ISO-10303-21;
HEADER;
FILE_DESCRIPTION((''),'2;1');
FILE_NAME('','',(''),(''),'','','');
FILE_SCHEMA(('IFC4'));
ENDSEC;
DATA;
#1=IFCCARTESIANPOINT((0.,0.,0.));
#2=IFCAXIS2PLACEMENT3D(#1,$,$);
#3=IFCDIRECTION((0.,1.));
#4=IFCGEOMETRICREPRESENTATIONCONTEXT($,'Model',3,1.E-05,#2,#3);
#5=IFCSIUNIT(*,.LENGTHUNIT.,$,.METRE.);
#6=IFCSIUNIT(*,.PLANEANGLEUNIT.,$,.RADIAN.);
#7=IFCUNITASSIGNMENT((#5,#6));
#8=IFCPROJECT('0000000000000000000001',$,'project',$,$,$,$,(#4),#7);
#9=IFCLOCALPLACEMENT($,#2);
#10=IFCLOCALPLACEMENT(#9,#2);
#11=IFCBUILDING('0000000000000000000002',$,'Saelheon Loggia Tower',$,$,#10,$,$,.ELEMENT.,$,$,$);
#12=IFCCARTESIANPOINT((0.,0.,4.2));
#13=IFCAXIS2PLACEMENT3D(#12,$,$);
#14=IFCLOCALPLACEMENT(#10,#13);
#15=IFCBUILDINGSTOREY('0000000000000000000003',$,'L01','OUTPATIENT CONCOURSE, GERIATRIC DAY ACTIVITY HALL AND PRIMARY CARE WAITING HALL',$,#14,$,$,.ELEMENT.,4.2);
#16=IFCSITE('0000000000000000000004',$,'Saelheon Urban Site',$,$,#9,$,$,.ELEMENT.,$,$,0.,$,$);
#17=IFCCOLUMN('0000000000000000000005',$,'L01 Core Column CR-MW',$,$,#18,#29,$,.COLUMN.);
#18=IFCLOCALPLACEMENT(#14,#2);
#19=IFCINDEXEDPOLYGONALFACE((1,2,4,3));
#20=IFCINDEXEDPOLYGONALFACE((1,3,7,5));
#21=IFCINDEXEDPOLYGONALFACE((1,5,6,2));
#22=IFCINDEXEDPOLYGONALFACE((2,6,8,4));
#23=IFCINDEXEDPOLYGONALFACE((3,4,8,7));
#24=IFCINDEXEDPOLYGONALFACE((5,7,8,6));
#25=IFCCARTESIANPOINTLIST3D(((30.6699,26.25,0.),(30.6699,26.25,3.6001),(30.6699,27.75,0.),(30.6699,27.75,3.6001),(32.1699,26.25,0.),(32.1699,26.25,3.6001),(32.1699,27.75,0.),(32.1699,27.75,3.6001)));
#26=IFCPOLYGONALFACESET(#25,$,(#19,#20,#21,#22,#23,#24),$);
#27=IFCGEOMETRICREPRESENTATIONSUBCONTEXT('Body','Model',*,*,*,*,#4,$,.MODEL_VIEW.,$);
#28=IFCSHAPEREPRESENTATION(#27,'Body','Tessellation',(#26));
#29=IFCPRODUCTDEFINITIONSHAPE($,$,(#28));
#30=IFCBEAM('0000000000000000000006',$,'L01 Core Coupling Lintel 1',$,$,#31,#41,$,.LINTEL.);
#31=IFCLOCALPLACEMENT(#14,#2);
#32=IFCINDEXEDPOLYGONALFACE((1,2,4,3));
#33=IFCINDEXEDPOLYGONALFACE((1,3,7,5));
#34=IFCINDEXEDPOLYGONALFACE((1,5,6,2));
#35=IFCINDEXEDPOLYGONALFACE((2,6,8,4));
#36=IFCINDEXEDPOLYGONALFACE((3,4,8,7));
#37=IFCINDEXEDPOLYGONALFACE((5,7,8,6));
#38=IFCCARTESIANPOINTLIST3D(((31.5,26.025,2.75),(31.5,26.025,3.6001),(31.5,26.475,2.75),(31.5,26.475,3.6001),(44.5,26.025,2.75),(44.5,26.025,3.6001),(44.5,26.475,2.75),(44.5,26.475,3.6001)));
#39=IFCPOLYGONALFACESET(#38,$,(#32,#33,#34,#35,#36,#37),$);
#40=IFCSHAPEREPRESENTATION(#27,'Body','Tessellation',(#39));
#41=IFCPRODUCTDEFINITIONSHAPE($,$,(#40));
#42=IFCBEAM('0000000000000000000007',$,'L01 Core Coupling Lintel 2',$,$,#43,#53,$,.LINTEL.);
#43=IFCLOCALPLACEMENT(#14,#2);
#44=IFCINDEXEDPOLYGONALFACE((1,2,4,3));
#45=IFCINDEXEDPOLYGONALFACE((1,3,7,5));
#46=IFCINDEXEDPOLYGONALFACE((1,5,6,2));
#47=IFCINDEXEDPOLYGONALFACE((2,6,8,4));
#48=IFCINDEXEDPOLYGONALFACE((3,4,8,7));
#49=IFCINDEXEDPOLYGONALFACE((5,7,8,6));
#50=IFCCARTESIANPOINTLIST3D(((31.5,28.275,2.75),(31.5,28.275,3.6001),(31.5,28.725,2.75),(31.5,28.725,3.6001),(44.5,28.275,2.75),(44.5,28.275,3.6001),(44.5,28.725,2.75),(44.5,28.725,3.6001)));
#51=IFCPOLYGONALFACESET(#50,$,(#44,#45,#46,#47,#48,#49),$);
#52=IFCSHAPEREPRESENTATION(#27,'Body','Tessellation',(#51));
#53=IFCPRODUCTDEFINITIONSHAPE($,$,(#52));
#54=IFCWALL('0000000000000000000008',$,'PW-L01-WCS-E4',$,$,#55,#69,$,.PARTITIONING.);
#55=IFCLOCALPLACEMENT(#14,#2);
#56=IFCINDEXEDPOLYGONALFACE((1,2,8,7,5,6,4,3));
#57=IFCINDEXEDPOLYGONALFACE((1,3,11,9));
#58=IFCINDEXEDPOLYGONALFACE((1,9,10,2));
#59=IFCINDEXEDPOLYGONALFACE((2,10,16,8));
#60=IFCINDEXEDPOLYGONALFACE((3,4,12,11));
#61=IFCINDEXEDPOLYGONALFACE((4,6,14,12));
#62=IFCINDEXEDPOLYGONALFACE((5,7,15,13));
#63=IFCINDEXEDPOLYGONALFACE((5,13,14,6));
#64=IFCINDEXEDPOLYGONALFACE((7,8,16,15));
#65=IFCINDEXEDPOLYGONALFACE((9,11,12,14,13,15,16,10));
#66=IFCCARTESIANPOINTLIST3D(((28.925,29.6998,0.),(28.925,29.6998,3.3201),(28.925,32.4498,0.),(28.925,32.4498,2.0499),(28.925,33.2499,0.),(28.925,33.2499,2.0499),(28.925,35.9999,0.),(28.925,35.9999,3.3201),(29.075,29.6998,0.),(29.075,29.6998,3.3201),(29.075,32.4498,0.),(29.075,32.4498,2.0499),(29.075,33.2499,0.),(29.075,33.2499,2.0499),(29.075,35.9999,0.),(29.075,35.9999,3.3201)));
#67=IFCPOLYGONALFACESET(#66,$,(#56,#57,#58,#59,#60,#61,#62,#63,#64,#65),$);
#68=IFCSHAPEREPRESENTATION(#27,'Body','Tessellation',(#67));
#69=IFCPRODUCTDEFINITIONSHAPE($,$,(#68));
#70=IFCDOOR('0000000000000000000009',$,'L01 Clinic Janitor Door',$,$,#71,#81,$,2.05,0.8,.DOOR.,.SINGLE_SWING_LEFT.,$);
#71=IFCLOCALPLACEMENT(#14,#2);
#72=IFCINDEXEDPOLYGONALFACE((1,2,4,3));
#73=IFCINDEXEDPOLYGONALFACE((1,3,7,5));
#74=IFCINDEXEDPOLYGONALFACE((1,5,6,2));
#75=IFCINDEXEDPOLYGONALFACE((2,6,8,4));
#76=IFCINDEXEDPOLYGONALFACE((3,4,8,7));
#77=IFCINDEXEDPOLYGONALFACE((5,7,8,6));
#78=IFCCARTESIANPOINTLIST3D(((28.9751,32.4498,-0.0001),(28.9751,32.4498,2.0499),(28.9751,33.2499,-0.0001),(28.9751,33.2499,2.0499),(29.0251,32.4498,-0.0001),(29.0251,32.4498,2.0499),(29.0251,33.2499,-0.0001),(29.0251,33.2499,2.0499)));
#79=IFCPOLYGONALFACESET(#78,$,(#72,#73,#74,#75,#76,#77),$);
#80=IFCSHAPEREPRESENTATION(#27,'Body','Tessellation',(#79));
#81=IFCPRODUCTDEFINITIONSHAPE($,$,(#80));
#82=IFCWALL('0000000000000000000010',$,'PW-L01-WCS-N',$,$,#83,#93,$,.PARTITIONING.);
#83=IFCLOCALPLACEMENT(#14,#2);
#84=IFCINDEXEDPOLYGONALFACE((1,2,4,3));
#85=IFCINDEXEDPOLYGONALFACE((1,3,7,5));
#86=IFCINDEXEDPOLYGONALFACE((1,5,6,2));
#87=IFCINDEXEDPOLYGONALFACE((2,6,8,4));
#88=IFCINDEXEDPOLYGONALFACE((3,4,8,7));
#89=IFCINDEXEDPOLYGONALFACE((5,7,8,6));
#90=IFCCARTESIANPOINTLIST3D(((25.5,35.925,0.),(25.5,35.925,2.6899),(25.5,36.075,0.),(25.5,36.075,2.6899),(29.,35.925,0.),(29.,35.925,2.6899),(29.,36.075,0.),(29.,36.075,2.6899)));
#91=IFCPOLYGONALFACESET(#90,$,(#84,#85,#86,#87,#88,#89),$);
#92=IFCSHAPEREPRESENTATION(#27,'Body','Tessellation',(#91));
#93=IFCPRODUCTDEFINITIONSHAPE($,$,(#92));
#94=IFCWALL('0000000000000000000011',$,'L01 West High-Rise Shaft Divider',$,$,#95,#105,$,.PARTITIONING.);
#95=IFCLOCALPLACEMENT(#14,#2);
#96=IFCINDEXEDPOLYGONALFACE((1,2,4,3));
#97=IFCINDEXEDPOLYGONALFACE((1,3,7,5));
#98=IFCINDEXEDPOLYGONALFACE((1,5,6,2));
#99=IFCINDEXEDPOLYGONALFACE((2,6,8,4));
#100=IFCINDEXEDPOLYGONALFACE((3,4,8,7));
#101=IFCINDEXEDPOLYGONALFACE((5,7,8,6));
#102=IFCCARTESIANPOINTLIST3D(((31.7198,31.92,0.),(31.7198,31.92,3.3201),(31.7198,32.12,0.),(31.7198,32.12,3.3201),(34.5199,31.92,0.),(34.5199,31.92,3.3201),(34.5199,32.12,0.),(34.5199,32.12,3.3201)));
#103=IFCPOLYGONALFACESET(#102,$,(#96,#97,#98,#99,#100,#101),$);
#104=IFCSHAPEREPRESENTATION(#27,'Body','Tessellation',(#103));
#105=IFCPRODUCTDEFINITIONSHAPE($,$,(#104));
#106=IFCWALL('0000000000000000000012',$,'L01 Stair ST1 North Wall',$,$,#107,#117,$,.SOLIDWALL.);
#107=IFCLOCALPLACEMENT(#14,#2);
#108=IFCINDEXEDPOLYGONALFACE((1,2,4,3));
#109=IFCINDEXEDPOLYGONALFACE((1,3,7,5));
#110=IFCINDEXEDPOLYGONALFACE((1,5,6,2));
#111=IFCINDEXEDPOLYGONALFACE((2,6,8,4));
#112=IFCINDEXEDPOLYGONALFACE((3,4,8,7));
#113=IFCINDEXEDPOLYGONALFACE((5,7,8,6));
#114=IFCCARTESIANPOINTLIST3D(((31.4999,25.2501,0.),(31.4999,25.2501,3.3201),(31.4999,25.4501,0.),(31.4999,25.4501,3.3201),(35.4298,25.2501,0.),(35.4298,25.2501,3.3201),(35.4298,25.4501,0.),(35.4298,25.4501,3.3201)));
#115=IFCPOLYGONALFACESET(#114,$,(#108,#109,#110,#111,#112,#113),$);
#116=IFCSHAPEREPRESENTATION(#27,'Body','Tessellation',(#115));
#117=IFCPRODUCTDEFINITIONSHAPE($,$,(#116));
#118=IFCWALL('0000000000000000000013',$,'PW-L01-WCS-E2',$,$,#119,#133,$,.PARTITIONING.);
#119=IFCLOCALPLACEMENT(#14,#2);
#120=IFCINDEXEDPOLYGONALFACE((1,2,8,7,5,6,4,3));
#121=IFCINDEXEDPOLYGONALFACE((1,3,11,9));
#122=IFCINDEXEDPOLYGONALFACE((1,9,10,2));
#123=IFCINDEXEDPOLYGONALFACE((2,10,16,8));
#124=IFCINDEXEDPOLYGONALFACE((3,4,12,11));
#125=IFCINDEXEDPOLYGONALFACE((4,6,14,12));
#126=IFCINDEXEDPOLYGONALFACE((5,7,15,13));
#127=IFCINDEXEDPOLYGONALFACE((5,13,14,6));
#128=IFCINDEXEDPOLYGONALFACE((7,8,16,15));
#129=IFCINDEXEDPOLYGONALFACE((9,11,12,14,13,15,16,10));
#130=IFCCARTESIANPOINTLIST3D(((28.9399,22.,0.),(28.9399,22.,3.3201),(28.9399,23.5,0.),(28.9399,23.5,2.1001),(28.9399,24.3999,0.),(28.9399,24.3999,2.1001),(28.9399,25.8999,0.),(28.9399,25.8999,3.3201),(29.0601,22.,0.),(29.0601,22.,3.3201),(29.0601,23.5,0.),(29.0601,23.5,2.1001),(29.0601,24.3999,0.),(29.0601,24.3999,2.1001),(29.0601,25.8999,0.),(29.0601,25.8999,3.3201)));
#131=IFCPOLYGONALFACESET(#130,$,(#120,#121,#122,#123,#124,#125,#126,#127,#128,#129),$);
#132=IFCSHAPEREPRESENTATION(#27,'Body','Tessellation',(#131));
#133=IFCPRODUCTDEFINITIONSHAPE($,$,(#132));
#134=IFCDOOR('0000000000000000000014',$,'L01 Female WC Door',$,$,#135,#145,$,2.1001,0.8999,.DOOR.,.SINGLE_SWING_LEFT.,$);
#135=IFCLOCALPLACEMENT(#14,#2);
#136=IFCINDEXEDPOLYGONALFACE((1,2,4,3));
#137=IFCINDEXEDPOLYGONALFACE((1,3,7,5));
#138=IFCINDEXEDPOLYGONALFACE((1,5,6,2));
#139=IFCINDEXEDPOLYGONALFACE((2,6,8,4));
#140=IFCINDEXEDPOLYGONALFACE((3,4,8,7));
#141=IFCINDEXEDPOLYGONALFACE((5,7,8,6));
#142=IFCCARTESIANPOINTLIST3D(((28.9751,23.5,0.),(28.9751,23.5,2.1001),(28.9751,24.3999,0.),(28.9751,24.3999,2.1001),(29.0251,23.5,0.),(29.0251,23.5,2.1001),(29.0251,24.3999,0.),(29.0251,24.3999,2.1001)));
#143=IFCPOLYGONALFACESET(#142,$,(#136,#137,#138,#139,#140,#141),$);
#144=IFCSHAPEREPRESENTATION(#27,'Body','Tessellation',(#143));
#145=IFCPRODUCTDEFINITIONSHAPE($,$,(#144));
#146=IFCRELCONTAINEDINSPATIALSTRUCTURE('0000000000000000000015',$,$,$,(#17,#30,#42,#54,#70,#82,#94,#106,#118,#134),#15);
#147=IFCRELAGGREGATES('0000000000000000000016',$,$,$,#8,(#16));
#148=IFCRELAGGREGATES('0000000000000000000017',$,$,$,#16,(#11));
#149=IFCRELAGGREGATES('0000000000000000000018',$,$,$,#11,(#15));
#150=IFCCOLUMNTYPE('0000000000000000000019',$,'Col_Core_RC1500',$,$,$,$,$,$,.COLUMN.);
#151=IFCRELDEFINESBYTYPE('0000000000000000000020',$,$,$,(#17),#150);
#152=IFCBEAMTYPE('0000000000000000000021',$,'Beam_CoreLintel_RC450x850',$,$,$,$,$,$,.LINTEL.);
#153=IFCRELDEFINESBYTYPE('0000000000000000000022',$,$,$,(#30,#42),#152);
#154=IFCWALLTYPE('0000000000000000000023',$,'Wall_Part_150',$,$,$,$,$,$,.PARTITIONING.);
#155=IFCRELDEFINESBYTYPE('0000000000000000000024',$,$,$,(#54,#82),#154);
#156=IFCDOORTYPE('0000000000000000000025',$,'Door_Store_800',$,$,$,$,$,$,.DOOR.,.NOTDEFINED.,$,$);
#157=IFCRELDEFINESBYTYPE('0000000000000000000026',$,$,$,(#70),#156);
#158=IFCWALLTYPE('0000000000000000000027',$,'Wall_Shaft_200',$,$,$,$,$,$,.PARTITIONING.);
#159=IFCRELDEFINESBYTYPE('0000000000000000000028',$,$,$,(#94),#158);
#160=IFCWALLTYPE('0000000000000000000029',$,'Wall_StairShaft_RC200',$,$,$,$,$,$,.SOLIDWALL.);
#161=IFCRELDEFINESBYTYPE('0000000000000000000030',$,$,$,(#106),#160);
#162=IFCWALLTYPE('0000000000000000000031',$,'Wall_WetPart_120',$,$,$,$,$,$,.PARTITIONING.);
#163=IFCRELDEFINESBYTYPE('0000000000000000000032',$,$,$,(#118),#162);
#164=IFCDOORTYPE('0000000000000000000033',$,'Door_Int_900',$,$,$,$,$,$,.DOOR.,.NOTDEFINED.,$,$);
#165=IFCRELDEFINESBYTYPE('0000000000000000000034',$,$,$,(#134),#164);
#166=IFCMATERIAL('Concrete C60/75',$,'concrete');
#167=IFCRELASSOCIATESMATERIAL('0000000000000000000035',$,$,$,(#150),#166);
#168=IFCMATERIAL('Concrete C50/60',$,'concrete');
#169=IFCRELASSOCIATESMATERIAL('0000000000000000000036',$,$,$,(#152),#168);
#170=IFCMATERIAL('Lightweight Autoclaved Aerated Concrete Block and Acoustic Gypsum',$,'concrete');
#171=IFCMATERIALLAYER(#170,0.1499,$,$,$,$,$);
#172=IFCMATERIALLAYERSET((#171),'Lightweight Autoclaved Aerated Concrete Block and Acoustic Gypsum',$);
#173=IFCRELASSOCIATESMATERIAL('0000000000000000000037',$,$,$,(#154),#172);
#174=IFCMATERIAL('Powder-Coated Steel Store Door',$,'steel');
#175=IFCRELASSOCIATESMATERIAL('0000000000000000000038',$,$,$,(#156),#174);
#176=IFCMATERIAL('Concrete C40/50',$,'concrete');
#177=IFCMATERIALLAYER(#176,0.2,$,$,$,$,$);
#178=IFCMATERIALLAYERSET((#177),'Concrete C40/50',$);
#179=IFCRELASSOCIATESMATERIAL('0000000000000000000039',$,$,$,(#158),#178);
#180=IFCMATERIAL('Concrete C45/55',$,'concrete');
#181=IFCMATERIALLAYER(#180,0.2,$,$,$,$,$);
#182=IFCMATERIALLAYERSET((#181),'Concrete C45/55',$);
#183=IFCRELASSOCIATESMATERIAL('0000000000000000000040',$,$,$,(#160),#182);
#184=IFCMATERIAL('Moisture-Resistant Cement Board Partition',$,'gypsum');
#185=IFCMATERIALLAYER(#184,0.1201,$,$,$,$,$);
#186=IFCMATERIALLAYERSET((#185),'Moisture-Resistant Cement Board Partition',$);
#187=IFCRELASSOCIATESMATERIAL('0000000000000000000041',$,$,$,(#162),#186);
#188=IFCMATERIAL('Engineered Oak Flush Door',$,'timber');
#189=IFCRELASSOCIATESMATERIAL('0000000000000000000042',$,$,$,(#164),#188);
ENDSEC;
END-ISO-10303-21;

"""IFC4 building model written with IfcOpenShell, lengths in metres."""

from ifc_helpers import new_model, si_unit, direction, frame, frame_2d, origin, origin_2d, place, context, subcontext, project, spatial, rectangle, extrude, source, transform, mapped, material, layer, layer_set, material_profile, profile_set, type_object, element, fill, save


model = new_model("IFC4")

# Units and contexts
model_context = context("Model", 3, precision=1e-05, world=origin(), true_north=direction((0.0, 1.0)))
body_context = subcontext(model_context, "Body", "Model", "MODEL_VIEW")
ifc_project = project(units=[si_unit("LENGTHUNIT", "METRE"), si_unit("PLANEANGLEUNIT", "RADIAN")], contexts=[model_context])

# Site, building, storey
site_placement = place(None, origin())
site = spatial("IfcSite", under=ifc_project, at=site_placement, Name="Saelheon Urban Site", CompositionType="ELEMENT", RefElevation=0.0)
building_placement = place(site_placement, origin())
building = spatial("IfcBuilding", under=site, at=building_placement, Name="Saelheon Loggia Tower", CompositionType="ELEMENT")
storey_placement = place(building_placement, frame((0.0, 0.0, 4.2)))
storey = spatial("IfcBuildingStorey", under=building, at=storey_placement, Name="L01", Description="OUTPATIENT CONCOURSE, GERIATRIC DAY ACTIVITY HALL AND PRIMARY CARE WAITING HALL", CompositionType="ELEMENT", Elevation=4.2)

# Column
ifc_material_1 = material(Name="Concrete C60/75", Category="concrete")
ifc_material_profile_1 = material_profile(ifc_material_1, rectangle(XDim=1.5, YDim=1.5, at=origin_2d()), Name="RC-1500x1500")
ifc_profile_set_1 = profile_set([ifc_material_profile_1], Name="Concrete C60/75")
column_type = type_object("IfcColumnType", Name="Col_Core_RC1500", PredefinedType="COLUMN", material=ifc_profile_set_1)
shared_shape_1 = source(origin(), body_context, "Body", "SweptSolid", [
    extrude(rectangle(XDim=1.5, YDim=1.5, at=origin_2d()), origin(), (0.0, 0.0, 1.0), 3.6001),
])
column_placement = place(storey_placement, frame((31.4199, 27.0, 0.0), z_axis=(0.0, 0.0, 1.0), x_axis=(1.0, 0.0, 0.0)))
element("IfcColumn", 1, at=column_placement, inside=storey, type_object=column_type, Name="L01 Core Column CR-MW", PredefinedType="COLUMN", context=body_context, shape_type="MappedRepresentation", body=[
    mapped(shared_shape_1, transform((0.0, 0.0, 0.0), scale=1.0)),
])

# Beams
ifc_material_2 = material(Name="Concrete C50/60", Category="concrete")
ifc_material_profile_2 = material_profile(ifc_material_2, rectangle(XDim=0.45, YDim=0.8501, at=origin_2d()), Name="RC-450x850")
ifc_profile_set_2 = profile_set([ifc_material_profile_2], Name="Concrete C50/60")
beam_type = type_object("IfcBeamType", Name="Beam_CoreLintel_RC450x850", PredefinedType="LINTEL", material=ifc_profile_set_2)
shared_shape_2 = source(origin(), body_context, "Body", "SweptSolid", [
    extrude(rectangle(XDim=0.45, YDim=0.8501, at=origin_2d()), origin(), (0.0, 0.0, 1.0), 13.0),
])
for number, where, z_axis, x_axis, name in (
    (2, (31.5, 26.25, 3.175), (1.0, 0.0, 0.0), (0.0, 1.0, 0.0), "L01 Core Coupling Lintel 1"),
    (3, (31.5, 28.5, 3.175), (1.0, 0.0, 0.0), (0.0, 1.0, 0.0), "L01 Core Coupling Lintel 2"),
):
    element("IfcBeam", number, at=place(storey_placement, frame(where, z_axis=z_axis, x_axis=x_axis)), inside=storey, type_object=beam_type, Name=name, PredefinedType="LINTEL", context=body_context, shape_type="MappedRepresentation", body=[
        mapped(shared_shape_2, transform((0.0, 0.0, 0.0), scale=1.0)),
    ])

# Wall, opening, door
ifc_material_3 = material(Name="Lightweight Autoclaved Aerated Concrete Block and Acoustic Gypsum", Category="concrete")
ifc_layer_1 = layer(ifc_material_3, 0.1499)
ifc_layer_set_1 = layer_set([ifc_layer_1], Name="Lightweight Autoclaved Aerated Concrete Block and Acoustic Gypsum")
wall_type_1 = type_object("IfcWallType", Name="Wall_Part_150", PredefinedType="PARTITIONING", material=ifc_layer_set_1)
wall_1_placement = place(storey_placement, frame((29.0, 29.7, 0.0), z_axis=(0.0, 0.0, 1.0), x_axis=(0.0, 1.0, 0.0)))
wall_1 = element("IfcWall", 4, at=wall_1_placement, inside=storey, type_object=wall_type_1, Name="PW-L01-WCS-E4", PredefinedType="PARTITIONING", context=body_context, shape_type="SweptSolid", body=[
    extrude(rectangle(XDim=6.3, YDim=0.1499, at=frame_2d((3.1499, 0.0))), origin(), (0.0, 0.0, 1.0), 3.3201),
])
opening_1_placement = place(wall_1_placement, frame((2.75, 0.0, 0.0)))
opening_1 = element("IfcOpeningElement", 5, at=opening_1_placement, cuts=wall_1, PredefinedType="OPENING", context=body_context, shape_type="SweptSolid", body=[
    extrude(rectangle(XDim=0.8, YDim=2.05, at=frame_2d((0.3999, 1.0249))), frame((0.0, 0.0869, 0.0), z_axis=(0.0, -1.0, 0.0), x_axis=(1.0, 0.0, 0.0)), (0.0, 0.0, 1.0), 0.1738),
])
ifc_material_4 = material(Name="Powder-Coated Steel Store Door", Category="steel")
door_type_1 = type_object("IfcDoorType", Name="Door_Store_800", OperationType="NOTDEFINED", PredefinedType="DOOR", material=ifc_material_4)
shared_shape_3 = source(origin(), body_context, "Body", "SweptSolid", [
    extrude(rectangle(XDim=0.8, YDim=2.05, at=frame_2d((0.3999, 1.0249))), frame((0.0, 0.0249, 0.0), z_axis=(0.0, -1.0, 0.0), x_axis=(1.0, 0.0, 0.0)), (0.0, 0.0, 1.0), 0.05),
])
door_1_placement = place(opening_1_placement, origin())
door_1 = element("IfcDoor", 6, at=door_1_placement, inside=storey, type_object=door_type_1, Name="L01 Clinic Janitor Door", OperationType="SINGLE_SWING_LEFT", OverallHeight=2.05, OverallWidth=0.8, PredefinedType="DOOR", context=body_context, shape_type="MappedRepresentation", body=[
    mapped(shared_shape_3, transform((0.0, 0.0, 0.0), scale=1.0)),
])
fill(opening_1, door_1)

# Wall
wall_2_placement = place(storey_placement, frame((25.5, 36.0, 0.0), z_axis=(0.0, 0.0, 1.0), x_axis=(1.0, 0.0, 0.0)))
element("IfcWall", 7, at=wall_2_placement, inside=storey, type_object=wall_type_1, Name="PW-L01-WCS-N", PredefinedType="PARTITIONING", context=body_context, shape_type="SweptSolid", body=[
    extrude(rectangle(XDim=3.5, YDim=0.1499, at=frame_2d((1.75, 0.0))), origin(), (0.0, 0.0, 1.0), 2.6899),
])

# Shared definitions
ifc_material_5 = material(Name="Concrete C40/50", Category="concrete")
ifc_layer_2 = layer(ifc_material_5, 0.2)
ifc_layer_set_2 = layer_set([ifc_layer_2], Name="Concrete C40/50")
wall_type_2 = type_object("IfcWallType", Name="Wall_Shaft_200", PredefinedType="PARTITIONING", material=ifc_layer_set_2)

# Walls
wall_3_placement = place(storey_placement, frame((31.72, 32.02, 0.0), z_axis=(0.0, 0.0, 1.0), x_axis=(1.0, 0.0, 0.0)))
element("IfcWall", 8, at=wall_3_placement, inside=storey, type_object=wall_type_2, Name="L01 West High-Rise Shaft Divider", PredefinedType="PARTITIONING", context=body_context, shape_type="SweptSolid", body=[
    extrude(rectangle(XDim=2.8, YDim=0.2, at=frame_2d((1.3999, 0.0))), origin(), (0.0, 0.0, 1.0), 3.3201),
])
ifc_material_6 = material(Name="Concrete C45/55", Category="concrete")
ifc_layer_3 = layer(ifc_material_6, 0.2)
ifc_layer_set_3 = layer_set([ifc_layer_3], Name="Concrete C45/55")
wall_type_3 = type_object("IfcWallType", Name="Wall_StairShaft_RC200", PredefinedType="SOLIDWALL", material=ifc_layer_set_3)
wall_4_placement = place(storey_placement, frame((31.5, 25.3501, 0.0), z_axis=(0.0, 0.0, 1.0), x_axis=(1.0, 0.0, 0.0)))
element("IfcWall", 9, at=wall_4_placement, inside=storey, type_object=wall_type_3, Name="L01 Stair ST1 North Wall", PredefinedType="SOLIDWALL", context=body_context, shape_type="SweptSolid", body=[
    extrude(rectangle(XDim=3.9299, YDim=0.2, at=frame_2d((1.9648, 0.0))), origin(), (0.0, 0.0, 1.0), 3.3201),
])

# Wall, opening, door
ifc_material_7 = material(Name="Moisture-Resistant Cement Board Partition", Category="gypsum")
ifc_layer_4 = layer(ifc_material_7, 0.1201)
ifc_layer_set_4 = layer_set([ifc_layer_4], Name="Moisture-Resistant Cement Board Partition")
wall_type_4 = type_object("IfcWallType", Name="Wall_WetPart_120", PredefinedType="PARTITIONING", material=ifc_layer_set_4)
wall_5_placement = place(storey_placement, frame((29.0, 22.0, 0.0), z_axis=(0.0, 0.0, 1.0), x_axis=(0.0, 1.0, 0.0)))
wall_5 = element("IfcWall", 10, at=wall_5_placement, inside=storey, type_object=wall_type_4, Name="PW-L01-WCS-E2", PredefinedType="PARTITIONING", context=body_context, shape_type="SweptSolid", body=[
    extrude(rectangle(XDim=3.8999, YDim=0.1201, at=frame_2d((1.95, 0.0))), origin(), (0.0, 0.0, 1.0), 3.3201),
])
opening_2_placement = place(wall_5_placement, frame((1.5, 0.0, 0.0)))
opening_2 = element("IfcOpeningElement", 11, at=opening_2_placement, cuts=wall_5, PredefinedType="OPENING", context=body_context, shape_type="SweptSolid", body=[
    extrude(rectangle(XDim=0.8999, YDim=2.1001, at=frame_2d((0.45, 1.05))), frame((0.0, 0.072, 0.0), z_axis=(0.0, -1.0, 0.0), x_axis=(1.0, 0.0, 0.0)), (0.0, 0.0, 1.0), 0.144),
])
ifc_material_8 = material(Name="Engineered Oak Flush Door", Category="timber")
door_type_2 = type_object("IfcDoorType", Name="Door_Int_900", OperationType="NOTDEFINED", PredefinedType="DOOR", material=ifc_material_8)
shared_shape_4 = source(origin(), body_context, "Body", "SweptSolid", [
    extrude(rectangle(XDim=0.8999, YDim=2.1001, at=frame_2d((0.45, 1.05))), frame((0.0, 0.0249, 0.0), z_axis=(0.0, -1.0, 0.0), x_axis=(1.0, 0.0, 0.0)), (0.0, 0.0, 1.0), 0.05),
])
door_2_placement = place(opening_2_placement, origin())
door_2 = element("IfcDoor", 12, at=door_2_placement, inside=storey, type_object=door_type_2, Name="L01 Female WC Door", OperationType="SINGLE_SWING_LEFT", OverallHeight=2.1001, OverallWidth=0.8999, PredefinedType="DOOR", context=body_context, shape_type="MappedRepresentation", body=[
    mapped(shared_shape_4, transform((0.0, 0.0, 0.0), scale=1.0)),
])
fill(opening_2, door_2)

save(model, "model.ifc")
